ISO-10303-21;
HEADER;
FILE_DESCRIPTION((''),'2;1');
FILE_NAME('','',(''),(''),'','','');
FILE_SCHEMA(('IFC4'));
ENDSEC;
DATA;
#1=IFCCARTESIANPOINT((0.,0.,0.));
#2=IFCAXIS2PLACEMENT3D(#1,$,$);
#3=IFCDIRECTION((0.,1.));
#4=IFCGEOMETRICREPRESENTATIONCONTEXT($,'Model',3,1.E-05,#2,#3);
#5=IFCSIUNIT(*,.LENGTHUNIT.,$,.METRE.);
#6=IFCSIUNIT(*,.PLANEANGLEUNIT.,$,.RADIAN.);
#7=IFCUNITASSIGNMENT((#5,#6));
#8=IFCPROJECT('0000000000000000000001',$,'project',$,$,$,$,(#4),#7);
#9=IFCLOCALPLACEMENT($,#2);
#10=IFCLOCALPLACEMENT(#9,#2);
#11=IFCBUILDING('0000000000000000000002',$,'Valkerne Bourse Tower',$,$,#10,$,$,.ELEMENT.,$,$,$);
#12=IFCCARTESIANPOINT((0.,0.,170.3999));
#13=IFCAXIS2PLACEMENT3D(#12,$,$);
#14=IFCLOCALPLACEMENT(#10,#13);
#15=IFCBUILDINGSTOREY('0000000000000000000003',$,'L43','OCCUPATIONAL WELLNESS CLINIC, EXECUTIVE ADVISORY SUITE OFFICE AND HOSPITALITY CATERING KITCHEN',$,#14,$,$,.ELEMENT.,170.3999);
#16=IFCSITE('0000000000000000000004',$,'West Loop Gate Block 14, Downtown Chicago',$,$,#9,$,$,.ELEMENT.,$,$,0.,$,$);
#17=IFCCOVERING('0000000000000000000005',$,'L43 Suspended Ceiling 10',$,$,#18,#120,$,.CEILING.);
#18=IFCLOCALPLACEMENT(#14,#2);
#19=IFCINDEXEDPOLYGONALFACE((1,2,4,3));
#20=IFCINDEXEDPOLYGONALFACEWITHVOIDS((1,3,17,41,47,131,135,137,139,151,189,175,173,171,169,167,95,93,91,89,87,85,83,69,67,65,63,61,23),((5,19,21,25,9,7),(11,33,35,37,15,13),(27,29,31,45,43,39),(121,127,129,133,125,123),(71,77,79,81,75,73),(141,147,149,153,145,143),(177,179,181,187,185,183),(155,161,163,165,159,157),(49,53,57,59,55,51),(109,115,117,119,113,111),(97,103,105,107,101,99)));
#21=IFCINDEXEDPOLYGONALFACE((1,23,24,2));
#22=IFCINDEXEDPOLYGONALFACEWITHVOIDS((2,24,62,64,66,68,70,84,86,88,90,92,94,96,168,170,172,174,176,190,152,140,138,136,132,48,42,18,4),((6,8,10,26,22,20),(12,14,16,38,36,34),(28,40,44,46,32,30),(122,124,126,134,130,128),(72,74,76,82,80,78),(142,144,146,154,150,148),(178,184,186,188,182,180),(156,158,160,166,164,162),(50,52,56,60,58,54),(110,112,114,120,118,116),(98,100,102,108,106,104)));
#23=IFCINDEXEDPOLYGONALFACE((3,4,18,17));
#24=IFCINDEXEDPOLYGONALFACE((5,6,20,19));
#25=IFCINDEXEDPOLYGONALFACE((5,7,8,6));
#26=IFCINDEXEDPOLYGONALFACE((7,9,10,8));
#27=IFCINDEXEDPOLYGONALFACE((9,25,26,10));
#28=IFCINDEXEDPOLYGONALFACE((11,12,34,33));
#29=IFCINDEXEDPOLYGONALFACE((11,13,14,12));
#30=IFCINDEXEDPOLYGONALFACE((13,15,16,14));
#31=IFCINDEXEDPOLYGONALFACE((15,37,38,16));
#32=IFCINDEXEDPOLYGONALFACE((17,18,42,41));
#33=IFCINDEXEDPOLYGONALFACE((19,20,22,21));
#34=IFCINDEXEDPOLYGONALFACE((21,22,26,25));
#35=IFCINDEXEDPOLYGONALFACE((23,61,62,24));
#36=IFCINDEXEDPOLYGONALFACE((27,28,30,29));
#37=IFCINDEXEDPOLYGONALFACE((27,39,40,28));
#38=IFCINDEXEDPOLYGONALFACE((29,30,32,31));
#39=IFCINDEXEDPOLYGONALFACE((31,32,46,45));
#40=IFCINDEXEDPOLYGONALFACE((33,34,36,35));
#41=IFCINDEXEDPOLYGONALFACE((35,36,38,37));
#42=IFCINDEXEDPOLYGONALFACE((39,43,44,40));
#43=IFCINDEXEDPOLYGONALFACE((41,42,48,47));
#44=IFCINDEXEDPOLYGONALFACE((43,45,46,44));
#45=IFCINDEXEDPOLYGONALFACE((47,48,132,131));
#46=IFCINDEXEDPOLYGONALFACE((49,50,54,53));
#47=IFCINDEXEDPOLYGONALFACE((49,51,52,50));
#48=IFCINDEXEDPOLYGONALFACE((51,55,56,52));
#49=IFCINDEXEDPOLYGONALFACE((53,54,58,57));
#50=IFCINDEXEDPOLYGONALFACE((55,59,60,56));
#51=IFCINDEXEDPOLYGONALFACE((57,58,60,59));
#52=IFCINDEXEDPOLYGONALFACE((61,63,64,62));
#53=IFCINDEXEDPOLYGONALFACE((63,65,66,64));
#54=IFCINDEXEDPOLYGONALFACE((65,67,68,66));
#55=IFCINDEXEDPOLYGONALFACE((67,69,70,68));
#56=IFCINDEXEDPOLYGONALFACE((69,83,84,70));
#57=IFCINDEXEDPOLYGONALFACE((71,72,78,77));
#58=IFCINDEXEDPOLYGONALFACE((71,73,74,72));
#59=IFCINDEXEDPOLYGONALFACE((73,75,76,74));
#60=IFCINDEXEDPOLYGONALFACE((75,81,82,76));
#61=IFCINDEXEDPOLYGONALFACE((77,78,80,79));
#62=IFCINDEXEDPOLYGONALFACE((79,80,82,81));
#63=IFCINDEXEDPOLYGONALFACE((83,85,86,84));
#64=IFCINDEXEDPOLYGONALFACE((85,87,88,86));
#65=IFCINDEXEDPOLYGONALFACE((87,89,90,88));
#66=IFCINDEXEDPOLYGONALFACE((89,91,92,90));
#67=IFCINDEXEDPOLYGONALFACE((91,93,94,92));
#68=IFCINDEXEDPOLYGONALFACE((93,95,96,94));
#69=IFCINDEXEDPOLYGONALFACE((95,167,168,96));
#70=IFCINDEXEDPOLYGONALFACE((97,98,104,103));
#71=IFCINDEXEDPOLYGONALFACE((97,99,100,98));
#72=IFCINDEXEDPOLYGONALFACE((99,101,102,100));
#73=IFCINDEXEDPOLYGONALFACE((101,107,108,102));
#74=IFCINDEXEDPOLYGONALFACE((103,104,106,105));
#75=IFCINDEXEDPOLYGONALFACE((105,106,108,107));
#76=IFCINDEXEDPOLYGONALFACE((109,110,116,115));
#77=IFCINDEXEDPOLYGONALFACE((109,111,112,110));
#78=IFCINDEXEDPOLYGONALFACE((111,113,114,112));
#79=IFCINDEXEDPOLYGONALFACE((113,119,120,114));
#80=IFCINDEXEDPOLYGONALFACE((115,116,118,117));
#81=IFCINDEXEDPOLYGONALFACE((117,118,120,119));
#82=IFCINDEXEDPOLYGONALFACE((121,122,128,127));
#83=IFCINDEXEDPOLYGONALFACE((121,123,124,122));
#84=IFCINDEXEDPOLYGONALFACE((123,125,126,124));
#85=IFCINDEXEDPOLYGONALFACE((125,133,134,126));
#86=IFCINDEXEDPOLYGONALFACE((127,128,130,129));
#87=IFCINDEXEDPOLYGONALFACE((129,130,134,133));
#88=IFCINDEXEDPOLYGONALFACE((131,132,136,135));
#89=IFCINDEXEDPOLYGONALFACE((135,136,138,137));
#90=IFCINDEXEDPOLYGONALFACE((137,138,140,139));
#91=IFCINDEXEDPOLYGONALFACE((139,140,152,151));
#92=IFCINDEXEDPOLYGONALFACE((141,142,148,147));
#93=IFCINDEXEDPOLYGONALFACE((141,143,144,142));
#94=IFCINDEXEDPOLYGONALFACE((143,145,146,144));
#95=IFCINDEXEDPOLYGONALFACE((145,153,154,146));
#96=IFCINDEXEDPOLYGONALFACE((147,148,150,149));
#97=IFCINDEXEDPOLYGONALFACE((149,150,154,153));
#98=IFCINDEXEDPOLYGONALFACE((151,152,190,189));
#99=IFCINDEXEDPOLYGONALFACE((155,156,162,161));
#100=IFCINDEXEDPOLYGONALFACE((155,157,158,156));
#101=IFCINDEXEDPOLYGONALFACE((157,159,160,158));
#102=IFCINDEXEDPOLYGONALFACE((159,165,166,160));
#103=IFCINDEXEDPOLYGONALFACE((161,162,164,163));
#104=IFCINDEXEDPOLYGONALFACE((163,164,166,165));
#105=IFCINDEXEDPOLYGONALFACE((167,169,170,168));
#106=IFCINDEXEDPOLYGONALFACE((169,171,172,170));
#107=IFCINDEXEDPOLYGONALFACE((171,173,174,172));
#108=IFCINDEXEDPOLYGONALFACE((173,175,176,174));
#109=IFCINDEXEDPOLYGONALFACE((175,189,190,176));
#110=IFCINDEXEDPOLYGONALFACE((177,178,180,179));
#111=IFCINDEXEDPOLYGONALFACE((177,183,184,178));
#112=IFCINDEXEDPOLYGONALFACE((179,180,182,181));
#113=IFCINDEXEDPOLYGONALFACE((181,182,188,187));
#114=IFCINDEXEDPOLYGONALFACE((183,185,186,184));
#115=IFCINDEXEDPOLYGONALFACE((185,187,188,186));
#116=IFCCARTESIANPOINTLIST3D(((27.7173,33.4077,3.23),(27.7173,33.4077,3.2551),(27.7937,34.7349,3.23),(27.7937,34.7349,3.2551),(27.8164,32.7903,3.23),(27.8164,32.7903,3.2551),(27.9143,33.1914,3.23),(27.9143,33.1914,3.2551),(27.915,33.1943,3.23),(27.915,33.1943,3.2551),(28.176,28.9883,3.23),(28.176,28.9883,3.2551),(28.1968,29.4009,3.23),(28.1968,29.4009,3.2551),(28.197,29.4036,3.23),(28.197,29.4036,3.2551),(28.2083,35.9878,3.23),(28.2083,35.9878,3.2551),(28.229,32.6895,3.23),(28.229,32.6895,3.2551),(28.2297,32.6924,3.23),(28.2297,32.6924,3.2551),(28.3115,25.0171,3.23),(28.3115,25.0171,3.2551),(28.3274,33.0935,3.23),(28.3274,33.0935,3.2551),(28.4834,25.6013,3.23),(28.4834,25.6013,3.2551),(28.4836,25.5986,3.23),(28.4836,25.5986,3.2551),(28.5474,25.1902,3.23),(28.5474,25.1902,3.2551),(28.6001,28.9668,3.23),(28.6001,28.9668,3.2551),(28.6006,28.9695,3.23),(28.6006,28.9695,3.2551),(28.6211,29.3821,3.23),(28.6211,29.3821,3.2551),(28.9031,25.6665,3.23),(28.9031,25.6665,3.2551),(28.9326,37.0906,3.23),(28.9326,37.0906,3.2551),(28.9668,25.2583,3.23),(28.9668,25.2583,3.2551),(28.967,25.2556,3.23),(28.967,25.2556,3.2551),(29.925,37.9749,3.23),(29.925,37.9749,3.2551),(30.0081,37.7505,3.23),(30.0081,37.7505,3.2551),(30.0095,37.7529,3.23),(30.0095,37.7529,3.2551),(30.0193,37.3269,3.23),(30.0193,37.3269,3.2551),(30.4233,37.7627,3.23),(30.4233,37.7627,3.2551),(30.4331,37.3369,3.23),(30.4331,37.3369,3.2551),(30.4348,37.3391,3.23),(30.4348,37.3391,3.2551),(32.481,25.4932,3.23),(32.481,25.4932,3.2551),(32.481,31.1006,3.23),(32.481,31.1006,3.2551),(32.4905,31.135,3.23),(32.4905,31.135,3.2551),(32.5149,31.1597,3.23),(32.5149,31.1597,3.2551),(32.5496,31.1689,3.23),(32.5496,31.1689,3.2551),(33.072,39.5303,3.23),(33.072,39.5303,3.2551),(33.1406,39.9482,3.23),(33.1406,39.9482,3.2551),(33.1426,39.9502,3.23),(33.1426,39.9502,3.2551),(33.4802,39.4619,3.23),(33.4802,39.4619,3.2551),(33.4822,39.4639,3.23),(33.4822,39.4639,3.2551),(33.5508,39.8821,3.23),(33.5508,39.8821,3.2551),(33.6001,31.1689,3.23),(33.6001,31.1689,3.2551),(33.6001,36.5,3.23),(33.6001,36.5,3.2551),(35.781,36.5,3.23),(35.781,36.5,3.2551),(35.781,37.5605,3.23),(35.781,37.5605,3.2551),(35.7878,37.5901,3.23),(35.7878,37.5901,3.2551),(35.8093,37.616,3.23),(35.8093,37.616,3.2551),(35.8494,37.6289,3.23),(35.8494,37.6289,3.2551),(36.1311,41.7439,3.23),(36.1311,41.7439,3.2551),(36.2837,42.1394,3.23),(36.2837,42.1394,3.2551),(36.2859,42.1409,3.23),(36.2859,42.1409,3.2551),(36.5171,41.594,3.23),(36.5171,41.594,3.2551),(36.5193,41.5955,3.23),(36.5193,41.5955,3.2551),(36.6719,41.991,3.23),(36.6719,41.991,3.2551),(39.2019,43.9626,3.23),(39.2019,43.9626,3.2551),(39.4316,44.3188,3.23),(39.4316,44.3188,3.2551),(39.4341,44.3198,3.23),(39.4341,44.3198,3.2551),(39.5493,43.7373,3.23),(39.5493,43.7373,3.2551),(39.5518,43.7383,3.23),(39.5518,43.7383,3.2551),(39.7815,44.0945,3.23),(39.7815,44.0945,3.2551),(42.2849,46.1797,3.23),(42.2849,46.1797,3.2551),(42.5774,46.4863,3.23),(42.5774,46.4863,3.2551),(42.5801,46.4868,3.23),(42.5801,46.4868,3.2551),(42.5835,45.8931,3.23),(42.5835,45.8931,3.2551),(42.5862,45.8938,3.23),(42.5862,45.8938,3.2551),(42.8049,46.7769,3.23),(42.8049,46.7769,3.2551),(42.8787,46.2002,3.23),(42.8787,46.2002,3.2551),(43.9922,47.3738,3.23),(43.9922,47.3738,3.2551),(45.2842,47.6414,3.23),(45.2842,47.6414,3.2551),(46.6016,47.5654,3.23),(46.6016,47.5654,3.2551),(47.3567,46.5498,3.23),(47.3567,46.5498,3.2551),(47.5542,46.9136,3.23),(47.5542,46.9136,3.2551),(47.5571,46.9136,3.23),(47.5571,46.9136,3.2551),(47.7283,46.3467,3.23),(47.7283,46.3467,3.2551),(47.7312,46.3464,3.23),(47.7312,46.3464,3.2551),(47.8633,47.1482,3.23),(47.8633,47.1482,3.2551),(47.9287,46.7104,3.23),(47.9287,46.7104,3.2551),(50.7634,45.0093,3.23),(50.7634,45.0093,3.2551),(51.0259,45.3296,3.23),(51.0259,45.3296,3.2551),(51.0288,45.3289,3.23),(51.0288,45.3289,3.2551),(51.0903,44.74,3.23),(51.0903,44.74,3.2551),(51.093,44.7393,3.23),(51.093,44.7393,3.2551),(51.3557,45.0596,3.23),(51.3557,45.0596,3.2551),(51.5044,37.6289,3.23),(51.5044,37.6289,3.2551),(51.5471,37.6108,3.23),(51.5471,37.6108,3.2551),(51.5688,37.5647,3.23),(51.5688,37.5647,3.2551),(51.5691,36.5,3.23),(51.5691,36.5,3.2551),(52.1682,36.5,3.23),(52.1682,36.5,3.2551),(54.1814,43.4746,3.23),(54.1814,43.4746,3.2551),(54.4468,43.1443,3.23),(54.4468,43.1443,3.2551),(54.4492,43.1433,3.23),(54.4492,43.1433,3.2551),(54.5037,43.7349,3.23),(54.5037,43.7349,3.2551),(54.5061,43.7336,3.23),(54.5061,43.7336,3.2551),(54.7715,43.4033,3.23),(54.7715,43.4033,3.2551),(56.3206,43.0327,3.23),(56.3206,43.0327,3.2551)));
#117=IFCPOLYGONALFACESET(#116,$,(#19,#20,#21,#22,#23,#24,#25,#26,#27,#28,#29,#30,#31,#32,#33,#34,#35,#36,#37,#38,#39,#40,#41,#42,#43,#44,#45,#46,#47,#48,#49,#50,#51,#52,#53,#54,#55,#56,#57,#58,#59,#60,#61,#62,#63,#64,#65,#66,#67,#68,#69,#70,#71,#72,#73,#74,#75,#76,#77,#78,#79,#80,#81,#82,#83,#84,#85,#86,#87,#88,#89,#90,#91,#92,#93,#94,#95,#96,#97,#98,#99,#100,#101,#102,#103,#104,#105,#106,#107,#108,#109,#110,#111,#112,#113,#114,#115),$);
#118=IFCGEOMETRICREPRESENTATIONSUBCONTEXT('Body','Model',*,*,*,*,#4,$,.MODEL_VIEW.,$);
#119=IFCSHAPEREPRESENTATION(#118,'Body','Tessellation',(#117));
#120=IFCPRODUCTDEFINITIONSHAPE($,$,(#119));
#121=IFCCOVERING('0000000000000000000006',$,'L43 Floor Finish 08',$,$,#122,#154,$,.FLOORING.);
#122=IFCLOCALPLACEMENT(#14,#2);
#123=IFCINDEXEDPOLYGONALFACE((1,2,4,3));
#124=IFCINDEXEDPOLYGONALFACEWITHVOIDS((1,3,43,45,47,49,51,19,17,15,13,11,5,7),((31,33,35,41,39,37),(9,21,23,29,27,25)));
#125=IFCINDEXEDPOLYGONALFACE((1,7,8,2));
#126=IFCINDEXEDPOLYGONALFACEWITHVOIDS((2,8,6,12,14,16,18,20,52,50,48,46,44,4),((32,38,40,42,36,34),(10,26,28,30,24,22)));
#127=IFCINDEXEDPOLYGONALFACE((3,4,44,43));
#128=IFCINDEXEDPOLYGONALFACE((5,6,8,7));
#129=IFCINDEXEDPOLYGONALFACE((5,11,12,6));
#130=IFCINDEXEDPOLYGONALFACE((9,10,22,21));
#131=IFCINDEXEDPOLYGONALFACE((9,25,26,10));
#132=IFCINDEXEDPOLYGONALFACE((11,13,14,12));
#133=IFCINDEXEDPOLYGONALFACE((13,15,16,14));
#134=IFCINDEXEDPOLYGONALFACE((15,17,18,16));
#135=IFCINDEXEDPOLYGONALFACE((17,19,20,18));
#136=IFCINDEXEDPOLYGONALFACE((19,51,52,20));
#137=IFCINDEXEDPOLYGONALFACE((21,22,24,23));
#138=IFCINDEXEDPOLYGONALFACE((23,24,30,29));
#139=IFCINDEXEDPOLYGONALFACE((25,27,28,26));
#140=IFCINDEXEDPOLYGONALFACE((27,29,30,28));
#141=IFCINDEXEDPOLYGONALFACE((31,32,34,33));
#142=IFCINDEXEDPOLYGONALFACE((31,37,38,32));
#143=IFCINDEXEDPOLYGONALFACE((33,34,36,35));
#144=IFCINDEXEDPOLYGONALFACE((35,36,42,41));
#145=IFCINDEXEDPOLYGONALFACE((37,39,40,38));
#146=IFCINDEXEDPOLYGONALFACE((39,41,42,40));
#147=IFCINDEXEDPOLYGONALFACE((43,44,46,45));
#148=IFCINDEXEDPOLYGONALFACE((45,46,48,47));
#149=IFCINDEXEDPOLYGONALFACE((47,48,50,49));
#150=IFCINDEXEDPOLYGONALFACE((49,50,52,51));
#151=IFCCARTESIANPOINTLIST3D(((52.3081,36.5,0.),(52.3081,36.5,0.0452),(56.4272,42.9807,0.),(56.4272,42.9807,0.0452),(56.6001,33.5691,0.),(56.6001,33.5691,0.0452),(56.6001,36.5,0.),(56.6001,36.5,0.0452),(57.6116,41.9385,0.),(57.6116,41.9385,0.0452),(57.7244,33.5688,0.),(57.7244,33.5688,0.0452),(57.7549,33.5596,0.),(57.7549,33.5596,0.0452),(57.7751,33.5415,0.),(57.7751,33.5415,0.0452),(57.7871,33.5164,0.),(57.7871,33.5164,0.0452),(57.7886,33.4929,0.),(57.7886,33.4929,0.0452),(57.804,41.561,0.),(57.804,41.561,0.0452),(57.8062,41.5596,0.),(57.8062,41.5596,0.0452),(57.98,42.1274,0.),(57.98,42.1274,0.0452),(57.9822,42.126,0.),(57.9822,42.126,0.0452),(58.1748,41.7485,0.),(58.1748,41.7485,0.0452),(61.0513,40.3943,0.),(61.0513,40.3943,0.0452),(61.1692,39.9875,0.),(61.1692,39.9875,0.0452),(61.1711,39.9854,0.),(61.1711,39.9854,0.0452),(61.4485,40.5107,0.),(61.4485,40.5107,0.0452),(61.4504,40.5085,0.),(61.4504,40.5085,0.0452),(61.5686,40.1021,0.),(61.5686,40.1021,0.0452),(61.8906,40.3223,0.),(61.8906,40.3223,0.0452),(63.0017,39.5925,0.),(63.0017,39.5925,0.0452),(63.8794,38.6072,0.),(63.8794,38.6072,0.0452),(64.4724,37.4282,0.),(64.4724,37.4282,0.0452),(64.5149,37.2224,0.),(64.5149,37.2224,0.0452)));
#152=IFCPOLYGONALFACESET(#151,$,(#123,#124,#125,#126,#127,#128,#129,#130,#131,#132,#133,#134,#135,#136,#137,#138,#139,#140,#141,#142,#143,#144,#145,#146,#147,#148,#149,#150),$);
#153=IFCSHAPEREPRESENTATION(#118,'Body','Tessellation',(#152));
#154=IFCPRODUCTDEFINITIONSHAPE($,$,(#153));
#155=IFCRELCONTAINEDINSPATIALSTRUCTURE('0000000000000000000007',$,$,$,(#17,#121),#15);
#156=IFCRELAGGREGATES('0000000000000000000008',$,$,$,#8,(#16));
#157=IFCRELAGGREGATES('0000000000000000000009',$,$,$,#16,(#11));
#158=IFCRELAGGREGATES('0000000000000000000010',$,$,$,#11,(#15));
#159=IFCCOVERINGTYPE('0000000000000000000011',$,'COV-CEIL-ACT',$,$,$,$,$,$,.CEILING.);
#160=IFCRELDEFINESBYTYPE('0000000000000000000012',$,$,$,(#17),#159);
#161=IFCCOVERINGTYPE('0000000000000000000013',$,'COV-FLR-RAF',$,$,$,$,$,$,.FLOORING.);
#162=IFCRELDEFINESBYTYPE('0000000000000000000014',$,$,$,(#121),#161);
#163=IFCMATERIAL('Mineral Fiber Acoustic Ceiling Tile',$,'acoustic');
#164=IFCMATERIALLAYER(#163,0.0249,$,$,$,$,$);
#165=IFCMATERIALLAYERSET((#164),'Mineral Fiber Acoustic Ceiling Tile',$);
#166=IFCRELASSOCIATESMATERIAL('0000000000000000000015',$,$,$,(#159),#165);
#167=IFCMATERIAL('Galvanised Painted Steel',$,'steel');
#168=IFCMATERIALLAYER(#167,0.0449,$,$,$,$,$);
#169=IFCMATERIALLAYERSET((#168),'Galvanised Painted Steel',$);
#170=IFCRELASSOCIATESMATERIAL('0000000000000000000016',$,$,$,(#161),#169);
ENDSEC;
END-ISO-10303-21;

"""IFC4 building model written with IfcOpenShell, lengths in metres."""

from ifc_helpers import new_model, si_unit, direction, frame, origin, place, context, subcontext, project, spatial, polyline, outline, extrude, material, layer, layer_set, type_object, element, save


model = new_model("IFC4")

# Units and contexts
model_context = context("Model", 3, precision=1e-05, world=origin(), true_north=direction((0.0, 1.0)))
body_context = subcontext(model_context, "Body", "Model", "MODEL_VIEW")
ifc_project = project(units=[si_unit("LENGTHUNIT", "METRE"), si_unit("PLANEANGLEUNIT", "RADIAN")], contexts=[model_context])

# Site, building, storey
site_placement = place(None, origin())
site = spatial("IfcSite", under=ifc_project, at=site_placement, Name="West Loop Gate Block 14, Downtown Chicago", CompositionType="ELEMENT", RefElevation=0.0)
building_placement = place(site_placement, origin())
building = spatial("IfcBuilding", under=site, at=building_placement, Name="Valkerne Bourse Tower", CompositionType="ELEMENT")
storey_placement = place(building_placement, frame((0.0, 0.0, 170.3999)))
storey = spatial("IfcBuildingStorey", under=building, at=storey_placement, Name="L43", Description="OCCUPATIONAL WELLNESS CLINIC, EXECUTIVE ADVISORY SUITE OFFICE AND HOSPITALITY CATERING KITCHEN", CompositionType="ELEMENT", Elevation=170.3999)

# Coverings
ifc_material_1 = material(Name="Mineral Fiber Acoustic Ceiling Tile", Category="acoustic")
ifc_layer_1 = layer(ifc_material_1, 0.0249)
ifc_layer_set_1 = layer_set([ifc_layer_1], Name="Mineral Fiber Acoustic Ceiling Tile")
covering_type_1 = type_object("IfcCoveringType", Name="COV-CEIL-ACT", PredefinedType="CEILING", material=ifc_layer_set_1)
covering_1_placement = place(storey_placement, frame((0.0, 0.0, 3.23)))
element("IfcCovering", 1, at=covering_1_placement, inside=storey, type_object=covering_type_1, Name="L43 Suspended Ceiling 10", PredefinedType="CEILING", context=body_context, shape_type="SweptSolid", body=[
    extrude(outline(polyline([(28.2083, 35.9878), (28.9326, 37.0906), (29.925, 37.9749), (42.8049, 46.7769), (43.9922, 47.3738), (45.2842, 47.6414), (46.6016, 47.5654), (47.8633, 47.1482), (56.3206, 43.0327), (52.1682, 36.5), (51.5691, 36.5), (51.5688, 37.5647), (51.5471, 37.6108), (51.5044, 37.6289), (35.8494, 37.6289), (35.8093, 37.616), (35.7878, 37.5901), (35.781, 37.5605), (35.781, 36.5), (33.6001, 36.5), (33.6001, 31.1689), (32.5496, 31.1689), (32.5149, 31.1597), (32.4905, 31.135), (32.481, 31.1006), (32.481, 25.4932), (28.3115, 25.0171), (27.7173, 33.4077), (27.7937, 34.7349), (28.2083, 35.9878)]), holes=[polyline([(28.9668, 25.2583), (28.9031, 25.6665), (28.4834, 25.6013), (28.4836, 25.5986), (28.5474, 25.1902), (28.967, 25.2556), (28.9668, 25.2583)]), polyline([(28.6211, 29.3821), (28.197, 29.4036), (28.1968, 29.4009), (28.176, 28.9883), (28.6001, 28.9668), (28.6006, 28.9695), (28.6211, 29.3821)]), polyline([(28.3274, 33.0935), (27.915, 33.1943), (27.9143, 33.1914), (27.8164, 32.7903), (28.229, 32.6895), (28.2297, 32.6924), (28.3274, 33.0935)]), polyline([(30.4348, 37.3391), (30.4233, 37.7627), (30.0095, 37.7529), (30.0081, 37.7505), (30.0193, 37.3269), (30.4331, 37.3369), (30.4348, 37.3391)]), polyline([(33.5508, 39.8821), (33.1426, 39.9502), (33.1406, 39.9482), (33.072, 39.5303), (33.4802, 39.4619), (33.4822, 39.4639), (33.5508, 39.8821)]), polyline([(36.5193, 41.5955), (36.6719, 41.991), (36.2859, 42.1409), (36.2837, 42.1394), (36.1311, 41.7439), (36.5171, 41.594), (36.5193, 41.5955)]), polyline([(54.7715, 43.4033), (54.5061, 43.7336), (54.5037, 43.7349), (54.1814, 43.4746), (54.4468, 43.1443), (54.4492, 43.1433), (54.7715, 43.4033)]), polyline([(39.5518, 43.7383), (39.7815, 44.0945), (39.4341, 44.3198), (39.4316, 44.3188), (39.2019, 43.9626), (39.5493, 43.7373), (39.5518, 43.7383)]), polyline([(51.0288, 45.3289), (51.0259, 45.3296), (50.7634, 45.0093), (51.0903, 44.74), (51.093, 44.7393), (51.3557, 45.0596), (51.0288, 45.3289)]), polyline([(42.8787, 46.2002), (42.5801, 46.4868), (42.5774, 46.4863), (42.2849, 46.1797), (42.5835, 45.8931), (42.5862, 45.8938), (42.8787, 46.2002)]), polyline([(47.5571, 46.9136), (47.5542, 46.9136), (47.3567, 46.5498), (47.7283, 46.3467), (47.7312, 46.3464), (47.9287, 46.7104), (47.5571, 46.9136)])]), origin(), (0.0, 0.0, 1.0), 0.0251),
])
ifc_material_2 = material(Name="Galvanised Painted Steel", Category="steel")
ifc_layer_2 = layer(ifc_material_2, 0.0449)
ifc_layer_set_2 = layer_set([ifc_layer_2], Name="Galvanised Painted Steel")
covering_type_2 = type_object("IfcCoveringType", Name="COV-FLR-RAF", PredefinedType="FLOORING", material=ifc_layer_set_2)
covering_2_placement = place(storey_placement, origin())
element("IfcCovering", 2, at=covering_2_placement, inside=storey, type_object=covering_type_2, Name="L43 Floor Finish 08", PredefinedType="FLOORING", context=body_context, shape_type="SweptSolid", body=[
    extrude(outline(polyline([(63.8794, 38.6072), (64.4724, 37.4282), (64.5149, 37.2224), (57.7886, 33.4929), (57.7871, 33.5164), (57.7751, 33.5415), (57.7549, 33.5596), (57.7244, 33.5688), (56.6001, 33.5691), (56.6001, 36.5), (52.3081, 36.5), (56.4272, 42.9807), (61.8906, 40.3223), (63.0017, 39.5925), (63.8794, 38.6072)]), holes=[polyline([(61.4504, 40.5085), (61.4485, 40.5107), (61.0513, 40.3943), (61.1692, 39.9875), (61.1711, 39.9854), (61.5686, 40.1021), (61.4504, 40.5085)]), polyline([(58.1748, 41.7485), (57.9822, 42.126), (57.98, 42.1274), (57.6116, 41.9385), (57.804, 41.561), (57.8062, 41.5596), (58.1748, 41.7485)])]), origin(), (0.0, 0.0, 1.0), 0.0452),
])

save(model, "model.ifc")
